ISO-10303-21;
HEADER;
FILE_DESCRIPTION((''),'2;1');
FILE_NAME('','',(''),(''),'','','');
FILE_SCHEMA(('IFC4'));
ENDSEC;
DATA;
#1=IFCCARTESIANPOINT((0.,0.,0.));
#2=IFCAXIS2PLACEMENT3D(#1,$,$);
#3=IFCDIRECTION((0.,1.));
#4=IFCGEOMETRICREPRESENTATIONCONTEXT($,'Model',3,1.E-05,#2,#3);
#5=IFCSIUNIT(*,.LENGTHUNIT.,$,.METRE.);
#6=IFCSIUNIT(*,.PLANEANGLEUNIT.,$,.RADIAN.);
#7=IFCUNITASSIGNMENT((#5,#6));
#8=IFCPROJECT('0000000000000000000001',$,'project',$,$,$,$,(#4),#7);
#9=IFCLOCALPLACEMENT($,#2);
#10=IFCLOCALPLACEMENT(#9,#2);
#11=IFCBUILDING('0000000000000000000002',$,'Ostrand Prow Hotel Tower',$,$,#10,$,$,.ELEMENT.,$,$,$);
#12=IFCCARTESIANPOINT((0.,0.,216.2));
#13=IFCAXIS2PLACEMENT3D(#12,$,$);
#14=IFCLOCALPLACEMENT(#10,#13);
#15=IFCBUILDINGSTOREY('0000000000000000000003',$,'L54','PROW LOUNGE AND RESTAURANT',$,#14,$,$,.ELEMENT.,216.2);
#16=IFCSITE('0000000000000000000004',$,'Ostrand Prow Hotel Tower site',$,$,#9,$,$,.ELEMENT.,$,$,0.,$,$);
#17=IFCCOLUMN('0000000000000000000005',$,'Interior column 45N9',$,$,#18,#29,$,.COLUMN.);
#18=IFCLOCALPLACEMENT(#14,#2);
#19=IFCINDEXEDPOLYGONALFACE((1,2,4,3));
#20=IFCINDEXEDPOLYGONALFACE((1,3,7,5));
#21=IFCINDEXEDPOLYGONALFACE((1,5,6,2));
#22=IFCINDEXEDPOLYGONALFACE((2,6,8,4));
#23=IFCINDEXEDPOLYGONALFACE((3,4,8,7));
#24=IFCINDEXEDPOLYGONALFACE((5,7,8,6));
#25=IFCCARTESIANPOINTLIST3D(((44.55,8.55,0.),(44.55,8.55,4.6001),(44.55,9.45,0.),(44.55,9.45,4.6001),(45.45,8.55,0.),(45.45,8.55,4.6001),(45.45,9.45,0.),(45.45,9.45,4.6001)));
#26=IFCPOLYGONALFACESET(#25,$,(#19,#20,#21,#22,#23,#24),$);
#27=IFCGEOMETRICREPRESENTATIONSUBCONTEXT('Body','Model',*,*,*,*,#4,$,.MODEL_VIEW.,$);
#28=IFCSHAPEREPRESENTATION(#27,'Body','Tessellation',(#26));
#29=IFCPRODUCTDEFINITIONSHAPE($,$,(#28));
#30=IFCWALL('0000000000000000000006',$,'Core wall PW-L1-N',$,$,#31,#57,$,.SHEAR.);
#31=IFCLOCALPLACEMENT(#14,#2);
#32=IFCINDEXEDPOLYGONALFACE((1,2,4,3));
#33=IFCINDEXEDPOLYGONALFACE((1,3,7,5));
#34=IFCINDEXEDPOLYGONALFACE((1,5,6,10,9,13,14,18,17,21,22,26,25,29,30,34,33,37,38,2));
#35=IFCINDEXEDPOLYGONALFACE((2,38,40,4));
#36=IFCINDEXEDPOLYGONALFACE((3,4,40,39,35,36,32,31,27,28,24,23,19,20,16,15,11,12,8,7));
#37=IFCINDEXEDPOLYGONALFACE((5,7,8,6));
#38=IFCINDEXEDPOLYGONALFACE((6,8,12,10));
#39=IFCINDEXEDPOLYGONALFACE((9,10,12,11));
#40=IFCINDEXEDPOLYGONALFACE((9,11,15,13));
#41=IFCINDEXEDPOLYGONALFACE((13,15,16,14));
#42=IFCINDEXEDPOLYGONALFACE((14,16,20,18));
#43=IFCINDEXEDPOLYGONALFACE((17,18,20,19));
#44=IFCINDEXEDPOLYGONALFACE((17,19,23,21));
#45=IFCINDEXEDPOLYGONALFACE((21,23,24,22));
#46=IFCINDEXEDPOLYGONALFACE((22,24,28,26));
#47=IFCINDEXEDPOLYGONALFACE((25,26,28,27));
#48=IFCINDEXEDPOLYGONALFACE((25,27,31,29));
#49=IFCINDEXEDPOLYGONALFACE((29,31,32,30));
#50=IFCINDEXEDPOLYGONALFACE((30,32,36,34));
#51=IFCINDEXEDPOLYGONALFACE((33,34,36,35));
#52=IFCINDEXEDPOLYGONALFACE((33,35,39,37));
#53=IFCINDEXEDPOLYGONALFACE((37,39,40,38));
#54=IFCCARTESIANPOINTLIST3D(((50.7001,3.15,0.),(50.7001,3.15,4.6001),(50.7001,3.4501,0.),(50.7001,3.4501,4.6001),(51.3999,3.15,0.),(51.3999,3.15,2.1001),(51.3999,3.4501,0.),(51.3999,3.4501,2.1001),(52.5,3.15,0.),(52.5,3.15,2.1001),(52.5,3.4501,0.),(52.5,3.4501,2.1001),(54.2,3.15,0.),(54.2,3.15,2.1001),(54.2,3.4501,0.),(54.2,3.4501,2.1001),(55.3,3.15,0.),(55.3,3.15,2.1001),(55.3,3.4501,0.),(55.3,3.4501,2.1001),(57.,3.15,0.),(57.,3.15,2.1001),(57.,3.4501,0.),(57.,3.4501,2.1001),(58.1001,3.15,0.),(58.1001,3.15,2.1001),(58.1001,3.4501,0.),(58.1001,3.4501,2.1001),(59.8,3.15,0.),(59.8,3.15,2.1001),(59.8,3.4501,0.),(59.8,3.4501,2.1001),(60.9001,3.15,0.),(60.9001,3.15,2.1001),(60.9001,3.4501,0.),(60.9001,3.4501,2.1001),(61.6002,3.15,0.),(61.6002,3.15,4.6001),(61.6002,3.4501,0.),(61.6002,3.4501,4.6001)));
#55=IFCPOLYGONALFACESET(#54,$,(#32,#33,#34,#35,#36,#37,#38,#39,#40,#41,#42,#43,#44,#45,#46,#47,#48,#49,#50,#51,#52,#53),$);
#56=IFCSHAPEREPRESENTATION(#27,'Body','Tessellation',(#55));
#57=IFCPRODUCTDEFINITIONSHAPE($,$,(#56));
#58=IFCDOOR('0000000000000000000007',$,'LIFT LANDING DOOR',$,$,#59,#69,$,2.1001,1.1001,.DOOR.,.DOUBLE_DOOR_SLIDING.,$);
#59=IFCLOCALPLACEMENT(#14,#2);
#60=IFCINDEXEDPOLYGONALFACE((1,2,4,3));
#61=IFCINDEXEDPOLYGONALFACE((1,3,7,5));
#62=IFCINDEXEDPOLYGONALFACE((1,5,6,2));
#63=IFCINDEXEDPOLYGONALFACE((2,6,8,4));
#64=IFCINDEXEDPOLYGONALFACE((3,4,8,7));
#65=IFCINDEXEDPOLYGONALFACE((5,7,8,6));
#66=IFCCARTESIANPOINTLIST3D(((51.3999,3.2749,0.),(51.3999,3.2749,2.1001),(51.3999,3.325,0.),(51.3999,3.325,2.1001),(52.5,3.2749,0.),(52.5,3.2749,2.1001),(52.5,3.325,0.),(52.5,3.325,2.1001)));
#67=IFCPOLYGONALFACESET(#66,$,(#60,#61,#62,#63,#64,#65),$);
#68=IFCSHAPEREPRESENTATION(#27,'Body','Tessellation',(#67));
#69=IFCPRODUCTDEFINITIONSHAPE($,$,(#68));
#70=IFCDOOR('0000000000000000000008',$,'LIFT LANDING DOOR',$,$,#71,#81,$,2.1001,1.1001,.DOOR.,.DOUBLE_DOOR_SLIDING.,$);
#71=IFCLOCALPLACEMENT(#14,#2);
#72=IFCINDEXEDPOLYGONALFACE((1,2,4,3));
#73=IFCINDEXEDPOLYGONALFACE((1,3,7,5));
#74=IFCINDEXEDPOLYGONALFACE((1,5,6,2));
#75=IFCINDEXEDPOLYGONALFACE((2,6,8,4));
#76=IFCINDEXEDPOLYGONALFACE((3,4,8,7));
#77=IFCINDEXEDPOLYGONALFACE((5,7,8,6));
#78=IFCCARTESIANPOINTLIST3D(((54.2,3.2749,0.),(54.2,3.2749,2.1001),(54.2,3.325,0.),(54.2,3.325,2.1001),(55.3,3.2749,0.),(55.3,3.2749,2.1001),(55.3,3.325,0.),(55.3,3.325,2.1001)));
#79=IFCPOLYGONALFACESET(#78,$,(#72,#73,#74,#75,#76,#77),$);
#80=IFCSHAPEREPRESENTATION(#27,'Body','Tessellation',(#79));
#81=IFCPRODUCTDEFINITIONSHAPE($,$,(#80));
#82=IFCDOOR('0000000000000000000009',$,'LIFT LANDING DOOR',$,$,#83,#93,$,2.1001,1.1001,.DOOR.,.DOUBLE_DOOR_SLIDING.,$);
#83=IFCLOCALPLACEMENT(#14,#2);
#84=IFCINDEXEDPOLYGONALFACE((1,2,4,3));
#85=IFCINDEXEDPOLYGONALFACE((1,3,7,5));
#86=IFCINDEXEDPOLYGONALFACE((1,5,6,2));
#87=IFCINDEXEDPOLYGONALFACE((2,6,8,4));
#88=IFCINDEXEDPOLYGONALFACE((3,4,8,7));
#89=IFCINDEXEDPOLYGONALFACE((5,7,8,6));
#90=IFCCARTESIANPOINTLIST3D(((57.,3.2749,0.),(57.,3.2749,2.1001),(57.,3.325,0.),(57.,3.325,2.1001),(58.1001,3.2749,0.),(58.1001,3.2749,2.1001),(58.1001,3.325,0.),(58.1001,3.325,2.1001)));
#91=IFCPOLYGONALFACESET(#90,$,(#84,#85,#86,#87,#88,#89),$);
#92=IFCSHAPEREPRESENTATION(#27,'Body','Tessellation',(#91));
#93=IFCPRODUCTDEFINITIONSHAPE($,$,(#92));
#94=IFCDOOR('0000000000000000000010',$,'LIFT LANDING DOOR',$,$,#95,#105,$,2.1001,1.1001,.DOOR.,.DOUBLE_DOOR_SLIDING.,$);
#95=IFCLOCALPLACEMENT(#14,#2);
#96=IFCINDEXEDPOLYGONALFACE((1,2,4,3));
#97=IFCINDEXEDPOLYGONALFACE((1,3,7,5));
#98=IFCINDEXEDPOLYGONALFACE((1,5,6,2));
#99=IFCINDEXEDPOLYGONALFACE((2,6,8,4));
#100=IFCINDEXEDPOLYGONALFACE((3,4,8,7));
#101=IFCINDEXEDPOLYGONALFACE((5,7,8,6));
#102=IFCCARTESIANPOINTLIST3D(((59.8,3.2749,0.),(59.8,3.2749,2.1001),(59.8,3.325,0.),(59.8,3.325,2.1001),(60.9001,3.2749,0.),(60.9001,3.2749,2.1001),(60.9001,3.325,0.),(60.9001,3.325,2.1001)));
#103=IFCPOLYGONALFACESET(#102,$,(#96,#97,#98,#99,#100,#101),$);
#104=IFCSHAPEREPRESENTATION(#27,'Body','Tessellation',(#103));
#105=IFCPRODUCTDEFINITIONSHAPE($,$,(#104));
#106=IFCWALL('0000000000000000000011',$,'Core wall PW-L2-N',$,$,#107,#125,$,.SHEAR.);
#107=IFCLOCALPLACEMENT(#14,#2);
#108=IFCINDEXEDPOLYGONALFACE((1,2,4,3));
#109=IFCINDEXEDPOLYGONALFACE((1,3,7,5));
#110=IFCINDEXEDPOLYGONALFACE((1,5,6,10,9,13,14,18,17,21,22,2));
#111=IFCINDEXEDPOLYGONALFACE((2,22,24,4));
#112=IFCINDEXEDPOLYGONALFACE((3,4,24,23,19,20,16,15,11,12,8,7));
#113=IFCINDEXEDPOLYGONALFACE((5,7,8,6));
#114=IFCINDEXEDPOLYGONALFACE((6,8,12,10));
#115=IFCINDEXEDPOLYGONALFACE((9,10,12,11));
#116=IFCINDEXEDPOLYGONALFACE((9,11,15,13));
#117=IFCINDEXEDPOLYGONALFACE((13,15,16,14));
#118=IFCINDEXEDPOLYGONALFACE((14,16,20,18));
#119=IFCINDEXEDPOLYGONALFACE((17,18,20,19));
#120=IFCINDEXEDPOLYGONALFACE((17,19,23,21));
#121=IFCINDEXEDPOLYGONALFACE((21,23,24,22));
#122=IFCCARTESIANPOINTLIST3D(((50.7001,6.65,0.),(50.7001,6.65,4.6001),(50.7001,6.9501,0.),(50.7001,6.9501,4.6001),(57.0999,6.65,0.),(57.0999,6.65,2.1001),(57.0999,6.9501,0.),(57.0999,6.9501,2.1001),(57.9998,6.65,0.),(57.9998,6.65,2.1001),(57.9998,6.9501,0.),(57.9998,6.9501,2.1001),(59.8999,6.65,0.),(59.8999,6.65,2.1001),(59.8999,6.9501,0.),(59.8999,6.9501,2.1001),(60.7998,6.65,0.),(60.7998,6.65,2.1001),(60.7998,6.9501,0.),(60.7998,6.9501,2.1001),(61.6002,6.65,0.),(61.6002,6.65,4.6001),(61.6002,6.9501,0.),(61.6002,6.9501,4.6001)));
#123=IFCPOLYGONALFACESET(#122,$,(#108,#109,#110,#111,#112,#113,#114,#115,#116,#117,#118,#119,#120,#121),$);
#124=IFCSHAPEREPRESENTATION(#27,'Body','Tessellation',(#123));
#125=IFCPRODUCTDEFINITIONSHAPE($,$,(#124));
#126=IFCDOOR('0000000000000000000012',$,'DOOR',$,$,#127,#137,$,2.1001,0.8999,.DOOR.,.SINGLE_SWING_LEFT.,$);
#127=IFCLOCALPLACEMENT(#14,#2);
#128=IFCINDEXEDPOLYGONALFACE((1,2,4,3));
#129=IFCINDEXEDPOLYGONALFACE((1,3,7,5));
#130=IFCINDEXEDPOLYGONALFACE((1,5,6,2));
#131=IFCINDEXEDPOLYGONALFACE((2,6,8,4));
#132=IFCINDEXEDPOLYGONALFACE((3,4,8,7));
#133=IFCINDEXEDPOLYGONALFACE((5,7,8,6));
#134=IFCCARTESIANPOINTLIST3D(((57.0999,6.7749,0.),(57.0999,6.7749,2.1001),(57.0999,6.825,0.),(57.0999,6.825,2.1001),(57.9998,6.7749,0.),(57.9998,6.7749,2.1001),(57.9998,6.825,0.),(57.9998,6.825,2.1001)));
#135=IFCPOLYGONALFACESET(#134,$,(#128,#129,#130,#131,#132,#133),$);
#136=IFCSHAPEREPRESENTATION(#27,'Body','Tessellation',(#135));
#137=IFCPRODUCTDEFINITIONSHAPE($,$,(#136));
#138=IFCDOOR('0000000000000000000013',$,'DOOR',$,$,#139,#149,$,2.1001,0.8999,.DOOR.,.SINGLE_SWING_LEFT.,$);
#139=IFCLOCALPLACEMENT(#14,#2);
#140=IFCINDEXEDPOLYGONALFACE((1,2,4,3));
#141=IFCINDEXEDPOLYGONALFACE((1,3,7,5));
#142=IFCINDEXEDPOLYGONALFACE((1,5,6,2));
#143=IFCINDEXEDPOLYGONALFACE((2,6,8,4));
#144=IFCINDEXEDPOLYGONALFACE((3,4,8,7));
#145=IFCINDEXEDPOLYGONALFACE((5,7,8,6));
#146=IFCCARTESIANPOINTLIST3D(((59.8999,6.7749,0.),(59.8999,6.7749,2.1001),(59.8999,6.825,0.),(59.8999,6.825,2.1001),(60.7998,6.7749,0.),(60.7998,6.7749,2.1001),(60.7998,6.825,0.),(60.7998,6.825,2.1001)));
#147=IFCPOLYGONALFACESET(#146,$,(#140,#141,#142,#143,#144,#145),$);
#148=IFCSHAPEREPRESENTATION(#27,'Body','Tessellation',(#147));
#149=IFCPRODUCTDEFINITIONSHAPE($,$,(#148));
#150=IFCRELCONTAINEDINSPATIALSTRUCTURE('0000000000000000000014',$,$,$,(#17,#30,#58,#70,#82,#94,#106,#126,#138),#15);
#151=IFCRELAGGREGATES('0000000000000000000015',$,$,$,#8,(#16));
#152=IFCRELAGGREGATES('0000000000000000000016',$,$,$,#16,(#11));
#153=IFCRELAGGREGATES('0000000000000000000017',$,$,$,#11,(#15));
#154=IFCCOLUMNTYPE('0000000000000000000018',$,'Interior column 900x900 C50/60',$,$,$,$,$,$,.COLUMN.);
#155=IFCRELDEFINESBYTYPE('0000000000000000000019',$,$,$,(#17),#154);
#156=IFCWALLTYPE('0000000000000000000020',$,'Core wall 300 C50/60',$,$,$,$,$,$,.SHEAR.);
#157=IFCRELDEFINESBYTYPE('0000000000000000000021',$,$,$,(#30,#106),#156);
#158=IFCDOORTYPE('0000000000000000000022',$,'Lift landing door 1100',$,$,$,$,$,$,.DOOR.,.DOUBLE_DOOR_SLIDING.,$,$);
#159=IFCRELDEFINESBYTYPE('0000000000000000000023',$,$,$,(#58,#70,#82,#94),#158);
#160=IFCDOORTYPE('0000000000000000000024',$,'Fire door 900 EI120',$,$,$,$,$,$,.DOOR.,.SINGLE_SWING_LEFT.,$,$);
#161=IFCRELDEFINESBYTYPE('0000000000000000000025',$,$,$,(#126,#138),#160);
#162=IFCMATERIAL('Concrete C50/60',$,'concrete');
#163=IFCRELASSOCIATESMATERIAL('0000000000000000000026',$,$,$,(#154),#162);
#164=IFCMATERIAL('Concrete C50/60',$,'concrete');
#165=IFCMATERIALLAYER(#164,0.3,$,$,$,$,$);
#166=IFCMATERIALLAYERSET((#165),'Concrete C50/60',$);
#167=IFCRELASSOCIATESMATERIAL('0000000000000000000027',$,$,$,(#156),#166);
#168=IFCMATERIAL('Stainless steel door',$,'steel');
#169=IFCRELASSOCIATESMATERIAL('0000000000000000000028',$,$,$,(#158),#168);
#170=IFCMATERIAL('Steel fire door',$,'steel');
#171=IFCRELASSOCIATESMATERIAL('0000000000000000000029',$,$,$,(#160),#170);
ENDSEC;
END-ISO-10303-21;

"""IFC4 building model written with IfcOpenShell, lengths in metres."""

from ifc_helpers import new_model, si_unit, direction, frame, frame_2d, origin, origin_2d, place, context, subcontext, project, spatial, rectangle, extrude, material, layer, layer_set, material_profile, profile_set, type_object, element, fill, save


model = new_model("IFC4")

# Units and contexts
model_context = context("Model", 3, precision=1e-05, world=origin(), true_north=direction((0.0, 1.0)))
body_context = subcontext(model_context, "Body", "Model", "MODEL_VIEW")
ifc_project = project(units=[si_unit("LENGTHUNIT", "METRE"), si_unit("PLANEANGLEUNIT", "RADIAN")], contexts=[model_context])

# Site, building, storey
site_placement = place(None, origin())
site = spatial("IfcSite", under=ifc_project, at=site_placement, Name="Ostrand Prow Hotel Tower site", CompositionType="ELEMENT", RefElevation=0.0)
building_placement = place(site_placement, origin())
building = spatial("IfcBuilding", under=site, at=building_placement, Name="Ostrand Prow Hotel Tower", CompositionType="ELEMENT")
storey_placement = place(building_placement, frame((0.0, 0.0, 216.2)))
storey = spatial("IfcBuildingStorey", under=building, at=storey_placement, Name="L54", Description="PROW LOUNGE AND RESTAURANT", CompositionType="ELEMENT", Elevation=216.2)

# Column
ifc_material_1 = material(Name="Concrete C50/60", Category="concrete")
ifc_material_profile = material_profile(ifc_material_1, rectangle(XDim=0.8999, YDim=0.8999, at=origin_2d()), Name="RC 900x900")
ifc_profile_set = profile_set([ifc_material_profile], Name="Concrete C50/60")
column_type = type_object("IfcColumnType", Name="Interior column 900x900 C50/60", PredefinedType="COLUMN", material=ifc_profile_set)
column_placement = place(storey_placement, frame((45.0, 9.0, 0.0), z_axis=(0.0, 0.0, 1.0), x_axis=(1.0, 0.0, 0.0)))
element("IfcColumn", 1, at=column_placement, inside=storey, type_object=column_type, Name="Interior column 45N9", PredefinedType="COLUMN", context=body_context, shape_type="SweptSolid", body=[
    extrude(rectangle(XDim=0.8999, YDim=0.8999, at=origin_2d()), origin(), (0.0, 0.0, 1.0), 4.6001),
])

# Walls, openings, doors
ifc_material_2 = material(Name="Concrete C50/60", Category="concrete")
ifc_layer_1 = layer(ifc_material_2, 0.3)
ifc_layer_set_1 = layer_set([ifc_layer_1], Name="Concrete C50/60")
wall_type_1 = type_object("IfcWallType", Name="Core wall 300 C50/60", PredefinedType="SHEAR", material=ifc_layer_set_1)
wall_1_placement = place(storey_placement, frame((50.7, 3.3, 0.0), z_axis=(0.0, 0.0, 1.0), x_axis=(1.0, 0.0, 0.0)))
wall_1 = element("IfcWall", 2, at=wall_1_placement, inside=storey, type_object=wall_type_1, Name="Core wall PW-L1-N", PredefinedType="SHEAR", context=body_context, shape_type="SweptSolid", body=[
    extrude(rectangle(XDim=10.9001, YDim=0.3, at=frame_2d((5.4502, 0.0))), origin(), (0.0, 0.0, 1.0), 4.6001),
])
opening_1_placement = place(wall_1_placement, frame((0.7, 0.0, 0.0)))
opening_1 = element("IfcOpeningElement", 3, at=opening_1_placement, cuts=wall_1, PredefinedType="OPENING", context=body_context, shape_type="SweptSolid", body=[
    extrude(rectangle(XDim=1.1001, YDim=2.1001, at=frame_2d((0.55, 1.05))), frame((0.0, 0.1599, 0.0), z_axis=(0.0, -1.0, 0.0), x_axis=(1.0, 0.0, 0.0)), (0.0, 0.0, 1.0), 0.3201),
])
opening_2_placement = place(wall_1_placement, frame((3.5, 0.0, 0.0)))
opening_2 = element("IfcOpeningElement", 4, at=opening_2_placement, cuts=wall_1, PredefinedType="OPENING", context=body_context, shape_type="SweptSolid", body=[
    extrude(rectangle(XDim=1.1001, YDim=2.1001, at=frame_2d((0.55, 1.05))), frame((0.0, 0.1599, 0.0), z_axis=(0.0, -1.0, 0.0), x_axis=(1.0, 0.0, 0.0)), (0.0, 0.0, 1.0), 0.3201),
])
opening_3_placement = place(wall_1_placement, frame((6.3, 0.0, 0.0)))
opening_3 = element("IfcOpeningElement", 5, at=opening_3_placement, cuts=wall_1, PredefinedType="OPENING", context=body_context, shape_type="SweptSolid", body=[
    extrude(rectangle(XDim=1.1001, YDim=2.1001, at=frame_2d((0.55, 1.05))), frame((0.0, 0.1599, 0.0), z_axis=(0.0, -1.0, 0.0), x_axis=(1.0, 0.0, 0.0)), (0.0, 0.0, 1.0), 0.3201),
])
opening_4_placement = place(wall_1_placement, frame((9.1001, 0.0, 0.0)))
opening_4 = element("IfcOpeningElement", 6, at=opening_4_placement, cuts=wall_1, PredefinedType="OPENING", context=body_context, shape_type="SweptSolid", body=[
    extrude(rectangle(XDim=1.1001, YDim=2.1001, at=frame_2d((0.55, 1.05))), frame((0.0, 0.1599, 0.0), z_axis=(0.0, -1.0, 0.0), x_axis=(1.0, 0.0, 0.0)), (0.0, 0.0, 1.0), 0.3201),
])
ifc_material_3 = material(Name="Stainless steel door", Category="steel")
door_type_1 = type_object("IfcDoorType", Name="Lift landing door 1100", OperationType="DOUBLE_DOOR_SLIDING", PredefinedType="DOOR", material=ifc_material_3)
door_1_placement = place(opening_1_placement, origin())
door_1 = element("IfcDoor", 7, at=door_1_placement, inside=storey, type_object=door_type_1, Name="LIFT LANDING DOOR", OperationType="DOUBLE_DOOR_SLIDING", OverallHeight=2.1001, OverallWidth=1.1001, PredefinedType="DOOR", context=body_context, shape_type="SweptSolid", body=[
    extrude(rectangle(XDim=1.1001, YDim=2.1001, at=frame_2d((0.55, 1.05))), frame((0.0, 0.0249, 0.0), z_axis=(0.0, -1.0, 0.0), x_axis=(1.0, 0.0, 0.0)), (0.0, 0.0, 1.0), 0.05),
])
fill(opening_1, door_1)
door_2_placement = place(opening_2_placement, origin())
door_2 = element("IfcDoor", 8, at=door_2_placement, inside=storey, type_object=door_type_1, Name="LIFT LANDING DOOR", OperationType="DOUBLE_DOOR_SLIDING", OverallHeight=2.1001, OverallWidth=1.1001, PredefinedType="DOOR", context=body_context, shape_type="SweptSolid", body=[
    extrude(rectangle(XDim=1.1001, YDim=2.1001, at=frame_2d((0.55, 1.05))), frame((0.0, 0.0249, 0.0), z_axis=(0.0, -1.0, 0.0), x_axis=(1.0, 0.0, 0.0)), (0.0, 0.0, 1.0), 0.05),
])
fill(opening_2, door_2)
door_3_placement = place(opening_3_placement, origin())
door_3 = element("IfcDoor", 9, at=door_3_placement, inside=storey, type_object=door_type_1, Name="LIFT LANDING DOOR", OperationType="DOUBLE_DOOR_SLIDING", OverallHeight=2.1001, OverallWidth=1.1001, PredefinedType="DOOR", context=body_context, shape_type="SweptSolid", body=[
    extrude(rectangle(XDim=1.1001, YDim=2.1001, at=frame_2d((0.55, 1.05))), frame((0.0, 0.0249, 0.0), z_axis=(0.0, -1.0, 0.0), x_axis=(1.0, 0.0, 0.0)), (0.0, 0.0, 1.0), 0.05),
])
fill(opening_3, door_3)
door_4_placement = place(opening_4_placement, origin())
door_4 = element("IfcDoor", 10, at=door_4_placement, inside=storey, type_object=door_type_1, Name="LIFT LANDING DOOR", OperationType="DOUBLE_DOOR_SLIDING", OverallHeight=2.1001, OverallWidth=1.1001, PredefinedType="DOOR", context=body_context, shape_type="SweptSolid", body=[
    extrude(rectangle(XDim=1.1001, YDim=2.1001, at=frame_2d((0.55, 1.05))), frame((0.0, 0.0249, 0.0), z_axis=(0.0, -1.0, 0.0), x_axis=(1.0, 0.0, 0.0)), (0.0, 0.0, 1.0), 0.05),
])
fill(opening_4, door_4)
wall_2_placement = place(storey_placement, frame((50.7, 6.8, 0.0), z_axis=(0.0, 0.0, 1.0), x_axis=(1.0, 0.0, 0.0)))
wall_2 = element("IfcWall", 11, at=wall_2_placement, inside=storey, type_object=wall_type_1, Name="Core wall PW-L2-N", PredefinedType="SHEAR", context=body_context, shape_type="SweptSolid", body=[
    extrude(rectangle(XDim=10.9001, YDim=0.3, at=frame_2d((5.4502, 0.0))), origin(), (0.0, 0.0, 1.0), 4.6001),
])
opening_5_placement = place(wall_2_placement, frame((6.3999, 0.0, 0.0)))
opening_5 = element("IfcOpeningElement", 12, at=opening_5_placement, cuts=wall_2, PredefinedType="OPENING", context=body_context, shape_type="SweptSolid", body=[
    extrude(rectangle(XDim=0.8999, YDim=2.1001, at=frame_2d((0.45, 1.05))), frame((0.0, 0.1599, 0.0), z_axis=(0.0, -1.0, 0.0), x_axis=(1.0, 0.0, 0.0)), (0.0, 0.0, 1.0), 0.3201),
])
opening_6_placement = place(wall_2_placement, frame((9.2, 0.0, 0.0)))
opening_6 = element("IfcOpeningElement", 13, at=opening_6_placement, cuts=wall_2, PredefinedType="OPENING", context=body_context, shape_type="SweptSolid", body=[
    extrude(rectangle(XDim=0.8999, YDim=2.1001, at=frame_2d((0.45, 1.05))), frame((0.0, 0.1599, 0.0), z_axis=(0.0, -1.0, 0.0), x_axis=(1.0, 0.0, 0.0)), (0.0, 0.0, 1.0), 0.3201),
])
ifc_material_4 = material(Name="Steel fire door", Category="steel")
door_type_2 = type_object("IfcDoorType", Name="Fire door 900 EI120", OperationType="SINGLE_SWING_LEFT", PredefinedType="DOOR", material=ifc_material_4)
door_5_placement = place(opening_5_placement, origin())
door_5 = element("IfcDoor", 14, at=door_5_placement, inside=storey, type_object=door_type_2, Name="DOOR", OperationType="SINGLE_SWING_LEFT", OverallHeight=2.1001, OverallWidth=0.8999, PredefinedType="DOOR", context=body_context, shape_type="SweptSolid", body=[
    extrude(rectangle(XDim=0.8999, YDim=2.1001, at=frame_2d((0.45, 1.05))), frame((0.0, 0.0249, 0.0), z_axis=(0.0, -1.0, 0.0), x_axis=(1.0, 0.0, 0.0)), (0.0, 0.0, 1.0), 0.05),
])
fill(opening_5, door_5)
door_6_placement = place(opening_6_placement, origin())
door_6 = element("IfcDoor", 15, at=door_6_placement, inside=storey, type_object=door_type_2, Name="DOOR", OperationType="SINGLE_SWING_LEFT", OverallHeight=2.1001, OverallWidth=0.8999, PredefinedType="DOOR", context=body_context, shape_type="SweptSolid", body=[
    extrude(rectangle(XDim=0.8999, YDim=2.1001, at=frame_2d((0.45, 1.05))), frame((0.0, 0.0249, 0.0), z_axis=(0.0, -1.0, 0.0), x_axis=(1.0, 0.0, 0.0)), (0.0, 0.0, 1.0), 0.05),
])
fill(opening_6, door_6)

save(model, "model.ifc")
